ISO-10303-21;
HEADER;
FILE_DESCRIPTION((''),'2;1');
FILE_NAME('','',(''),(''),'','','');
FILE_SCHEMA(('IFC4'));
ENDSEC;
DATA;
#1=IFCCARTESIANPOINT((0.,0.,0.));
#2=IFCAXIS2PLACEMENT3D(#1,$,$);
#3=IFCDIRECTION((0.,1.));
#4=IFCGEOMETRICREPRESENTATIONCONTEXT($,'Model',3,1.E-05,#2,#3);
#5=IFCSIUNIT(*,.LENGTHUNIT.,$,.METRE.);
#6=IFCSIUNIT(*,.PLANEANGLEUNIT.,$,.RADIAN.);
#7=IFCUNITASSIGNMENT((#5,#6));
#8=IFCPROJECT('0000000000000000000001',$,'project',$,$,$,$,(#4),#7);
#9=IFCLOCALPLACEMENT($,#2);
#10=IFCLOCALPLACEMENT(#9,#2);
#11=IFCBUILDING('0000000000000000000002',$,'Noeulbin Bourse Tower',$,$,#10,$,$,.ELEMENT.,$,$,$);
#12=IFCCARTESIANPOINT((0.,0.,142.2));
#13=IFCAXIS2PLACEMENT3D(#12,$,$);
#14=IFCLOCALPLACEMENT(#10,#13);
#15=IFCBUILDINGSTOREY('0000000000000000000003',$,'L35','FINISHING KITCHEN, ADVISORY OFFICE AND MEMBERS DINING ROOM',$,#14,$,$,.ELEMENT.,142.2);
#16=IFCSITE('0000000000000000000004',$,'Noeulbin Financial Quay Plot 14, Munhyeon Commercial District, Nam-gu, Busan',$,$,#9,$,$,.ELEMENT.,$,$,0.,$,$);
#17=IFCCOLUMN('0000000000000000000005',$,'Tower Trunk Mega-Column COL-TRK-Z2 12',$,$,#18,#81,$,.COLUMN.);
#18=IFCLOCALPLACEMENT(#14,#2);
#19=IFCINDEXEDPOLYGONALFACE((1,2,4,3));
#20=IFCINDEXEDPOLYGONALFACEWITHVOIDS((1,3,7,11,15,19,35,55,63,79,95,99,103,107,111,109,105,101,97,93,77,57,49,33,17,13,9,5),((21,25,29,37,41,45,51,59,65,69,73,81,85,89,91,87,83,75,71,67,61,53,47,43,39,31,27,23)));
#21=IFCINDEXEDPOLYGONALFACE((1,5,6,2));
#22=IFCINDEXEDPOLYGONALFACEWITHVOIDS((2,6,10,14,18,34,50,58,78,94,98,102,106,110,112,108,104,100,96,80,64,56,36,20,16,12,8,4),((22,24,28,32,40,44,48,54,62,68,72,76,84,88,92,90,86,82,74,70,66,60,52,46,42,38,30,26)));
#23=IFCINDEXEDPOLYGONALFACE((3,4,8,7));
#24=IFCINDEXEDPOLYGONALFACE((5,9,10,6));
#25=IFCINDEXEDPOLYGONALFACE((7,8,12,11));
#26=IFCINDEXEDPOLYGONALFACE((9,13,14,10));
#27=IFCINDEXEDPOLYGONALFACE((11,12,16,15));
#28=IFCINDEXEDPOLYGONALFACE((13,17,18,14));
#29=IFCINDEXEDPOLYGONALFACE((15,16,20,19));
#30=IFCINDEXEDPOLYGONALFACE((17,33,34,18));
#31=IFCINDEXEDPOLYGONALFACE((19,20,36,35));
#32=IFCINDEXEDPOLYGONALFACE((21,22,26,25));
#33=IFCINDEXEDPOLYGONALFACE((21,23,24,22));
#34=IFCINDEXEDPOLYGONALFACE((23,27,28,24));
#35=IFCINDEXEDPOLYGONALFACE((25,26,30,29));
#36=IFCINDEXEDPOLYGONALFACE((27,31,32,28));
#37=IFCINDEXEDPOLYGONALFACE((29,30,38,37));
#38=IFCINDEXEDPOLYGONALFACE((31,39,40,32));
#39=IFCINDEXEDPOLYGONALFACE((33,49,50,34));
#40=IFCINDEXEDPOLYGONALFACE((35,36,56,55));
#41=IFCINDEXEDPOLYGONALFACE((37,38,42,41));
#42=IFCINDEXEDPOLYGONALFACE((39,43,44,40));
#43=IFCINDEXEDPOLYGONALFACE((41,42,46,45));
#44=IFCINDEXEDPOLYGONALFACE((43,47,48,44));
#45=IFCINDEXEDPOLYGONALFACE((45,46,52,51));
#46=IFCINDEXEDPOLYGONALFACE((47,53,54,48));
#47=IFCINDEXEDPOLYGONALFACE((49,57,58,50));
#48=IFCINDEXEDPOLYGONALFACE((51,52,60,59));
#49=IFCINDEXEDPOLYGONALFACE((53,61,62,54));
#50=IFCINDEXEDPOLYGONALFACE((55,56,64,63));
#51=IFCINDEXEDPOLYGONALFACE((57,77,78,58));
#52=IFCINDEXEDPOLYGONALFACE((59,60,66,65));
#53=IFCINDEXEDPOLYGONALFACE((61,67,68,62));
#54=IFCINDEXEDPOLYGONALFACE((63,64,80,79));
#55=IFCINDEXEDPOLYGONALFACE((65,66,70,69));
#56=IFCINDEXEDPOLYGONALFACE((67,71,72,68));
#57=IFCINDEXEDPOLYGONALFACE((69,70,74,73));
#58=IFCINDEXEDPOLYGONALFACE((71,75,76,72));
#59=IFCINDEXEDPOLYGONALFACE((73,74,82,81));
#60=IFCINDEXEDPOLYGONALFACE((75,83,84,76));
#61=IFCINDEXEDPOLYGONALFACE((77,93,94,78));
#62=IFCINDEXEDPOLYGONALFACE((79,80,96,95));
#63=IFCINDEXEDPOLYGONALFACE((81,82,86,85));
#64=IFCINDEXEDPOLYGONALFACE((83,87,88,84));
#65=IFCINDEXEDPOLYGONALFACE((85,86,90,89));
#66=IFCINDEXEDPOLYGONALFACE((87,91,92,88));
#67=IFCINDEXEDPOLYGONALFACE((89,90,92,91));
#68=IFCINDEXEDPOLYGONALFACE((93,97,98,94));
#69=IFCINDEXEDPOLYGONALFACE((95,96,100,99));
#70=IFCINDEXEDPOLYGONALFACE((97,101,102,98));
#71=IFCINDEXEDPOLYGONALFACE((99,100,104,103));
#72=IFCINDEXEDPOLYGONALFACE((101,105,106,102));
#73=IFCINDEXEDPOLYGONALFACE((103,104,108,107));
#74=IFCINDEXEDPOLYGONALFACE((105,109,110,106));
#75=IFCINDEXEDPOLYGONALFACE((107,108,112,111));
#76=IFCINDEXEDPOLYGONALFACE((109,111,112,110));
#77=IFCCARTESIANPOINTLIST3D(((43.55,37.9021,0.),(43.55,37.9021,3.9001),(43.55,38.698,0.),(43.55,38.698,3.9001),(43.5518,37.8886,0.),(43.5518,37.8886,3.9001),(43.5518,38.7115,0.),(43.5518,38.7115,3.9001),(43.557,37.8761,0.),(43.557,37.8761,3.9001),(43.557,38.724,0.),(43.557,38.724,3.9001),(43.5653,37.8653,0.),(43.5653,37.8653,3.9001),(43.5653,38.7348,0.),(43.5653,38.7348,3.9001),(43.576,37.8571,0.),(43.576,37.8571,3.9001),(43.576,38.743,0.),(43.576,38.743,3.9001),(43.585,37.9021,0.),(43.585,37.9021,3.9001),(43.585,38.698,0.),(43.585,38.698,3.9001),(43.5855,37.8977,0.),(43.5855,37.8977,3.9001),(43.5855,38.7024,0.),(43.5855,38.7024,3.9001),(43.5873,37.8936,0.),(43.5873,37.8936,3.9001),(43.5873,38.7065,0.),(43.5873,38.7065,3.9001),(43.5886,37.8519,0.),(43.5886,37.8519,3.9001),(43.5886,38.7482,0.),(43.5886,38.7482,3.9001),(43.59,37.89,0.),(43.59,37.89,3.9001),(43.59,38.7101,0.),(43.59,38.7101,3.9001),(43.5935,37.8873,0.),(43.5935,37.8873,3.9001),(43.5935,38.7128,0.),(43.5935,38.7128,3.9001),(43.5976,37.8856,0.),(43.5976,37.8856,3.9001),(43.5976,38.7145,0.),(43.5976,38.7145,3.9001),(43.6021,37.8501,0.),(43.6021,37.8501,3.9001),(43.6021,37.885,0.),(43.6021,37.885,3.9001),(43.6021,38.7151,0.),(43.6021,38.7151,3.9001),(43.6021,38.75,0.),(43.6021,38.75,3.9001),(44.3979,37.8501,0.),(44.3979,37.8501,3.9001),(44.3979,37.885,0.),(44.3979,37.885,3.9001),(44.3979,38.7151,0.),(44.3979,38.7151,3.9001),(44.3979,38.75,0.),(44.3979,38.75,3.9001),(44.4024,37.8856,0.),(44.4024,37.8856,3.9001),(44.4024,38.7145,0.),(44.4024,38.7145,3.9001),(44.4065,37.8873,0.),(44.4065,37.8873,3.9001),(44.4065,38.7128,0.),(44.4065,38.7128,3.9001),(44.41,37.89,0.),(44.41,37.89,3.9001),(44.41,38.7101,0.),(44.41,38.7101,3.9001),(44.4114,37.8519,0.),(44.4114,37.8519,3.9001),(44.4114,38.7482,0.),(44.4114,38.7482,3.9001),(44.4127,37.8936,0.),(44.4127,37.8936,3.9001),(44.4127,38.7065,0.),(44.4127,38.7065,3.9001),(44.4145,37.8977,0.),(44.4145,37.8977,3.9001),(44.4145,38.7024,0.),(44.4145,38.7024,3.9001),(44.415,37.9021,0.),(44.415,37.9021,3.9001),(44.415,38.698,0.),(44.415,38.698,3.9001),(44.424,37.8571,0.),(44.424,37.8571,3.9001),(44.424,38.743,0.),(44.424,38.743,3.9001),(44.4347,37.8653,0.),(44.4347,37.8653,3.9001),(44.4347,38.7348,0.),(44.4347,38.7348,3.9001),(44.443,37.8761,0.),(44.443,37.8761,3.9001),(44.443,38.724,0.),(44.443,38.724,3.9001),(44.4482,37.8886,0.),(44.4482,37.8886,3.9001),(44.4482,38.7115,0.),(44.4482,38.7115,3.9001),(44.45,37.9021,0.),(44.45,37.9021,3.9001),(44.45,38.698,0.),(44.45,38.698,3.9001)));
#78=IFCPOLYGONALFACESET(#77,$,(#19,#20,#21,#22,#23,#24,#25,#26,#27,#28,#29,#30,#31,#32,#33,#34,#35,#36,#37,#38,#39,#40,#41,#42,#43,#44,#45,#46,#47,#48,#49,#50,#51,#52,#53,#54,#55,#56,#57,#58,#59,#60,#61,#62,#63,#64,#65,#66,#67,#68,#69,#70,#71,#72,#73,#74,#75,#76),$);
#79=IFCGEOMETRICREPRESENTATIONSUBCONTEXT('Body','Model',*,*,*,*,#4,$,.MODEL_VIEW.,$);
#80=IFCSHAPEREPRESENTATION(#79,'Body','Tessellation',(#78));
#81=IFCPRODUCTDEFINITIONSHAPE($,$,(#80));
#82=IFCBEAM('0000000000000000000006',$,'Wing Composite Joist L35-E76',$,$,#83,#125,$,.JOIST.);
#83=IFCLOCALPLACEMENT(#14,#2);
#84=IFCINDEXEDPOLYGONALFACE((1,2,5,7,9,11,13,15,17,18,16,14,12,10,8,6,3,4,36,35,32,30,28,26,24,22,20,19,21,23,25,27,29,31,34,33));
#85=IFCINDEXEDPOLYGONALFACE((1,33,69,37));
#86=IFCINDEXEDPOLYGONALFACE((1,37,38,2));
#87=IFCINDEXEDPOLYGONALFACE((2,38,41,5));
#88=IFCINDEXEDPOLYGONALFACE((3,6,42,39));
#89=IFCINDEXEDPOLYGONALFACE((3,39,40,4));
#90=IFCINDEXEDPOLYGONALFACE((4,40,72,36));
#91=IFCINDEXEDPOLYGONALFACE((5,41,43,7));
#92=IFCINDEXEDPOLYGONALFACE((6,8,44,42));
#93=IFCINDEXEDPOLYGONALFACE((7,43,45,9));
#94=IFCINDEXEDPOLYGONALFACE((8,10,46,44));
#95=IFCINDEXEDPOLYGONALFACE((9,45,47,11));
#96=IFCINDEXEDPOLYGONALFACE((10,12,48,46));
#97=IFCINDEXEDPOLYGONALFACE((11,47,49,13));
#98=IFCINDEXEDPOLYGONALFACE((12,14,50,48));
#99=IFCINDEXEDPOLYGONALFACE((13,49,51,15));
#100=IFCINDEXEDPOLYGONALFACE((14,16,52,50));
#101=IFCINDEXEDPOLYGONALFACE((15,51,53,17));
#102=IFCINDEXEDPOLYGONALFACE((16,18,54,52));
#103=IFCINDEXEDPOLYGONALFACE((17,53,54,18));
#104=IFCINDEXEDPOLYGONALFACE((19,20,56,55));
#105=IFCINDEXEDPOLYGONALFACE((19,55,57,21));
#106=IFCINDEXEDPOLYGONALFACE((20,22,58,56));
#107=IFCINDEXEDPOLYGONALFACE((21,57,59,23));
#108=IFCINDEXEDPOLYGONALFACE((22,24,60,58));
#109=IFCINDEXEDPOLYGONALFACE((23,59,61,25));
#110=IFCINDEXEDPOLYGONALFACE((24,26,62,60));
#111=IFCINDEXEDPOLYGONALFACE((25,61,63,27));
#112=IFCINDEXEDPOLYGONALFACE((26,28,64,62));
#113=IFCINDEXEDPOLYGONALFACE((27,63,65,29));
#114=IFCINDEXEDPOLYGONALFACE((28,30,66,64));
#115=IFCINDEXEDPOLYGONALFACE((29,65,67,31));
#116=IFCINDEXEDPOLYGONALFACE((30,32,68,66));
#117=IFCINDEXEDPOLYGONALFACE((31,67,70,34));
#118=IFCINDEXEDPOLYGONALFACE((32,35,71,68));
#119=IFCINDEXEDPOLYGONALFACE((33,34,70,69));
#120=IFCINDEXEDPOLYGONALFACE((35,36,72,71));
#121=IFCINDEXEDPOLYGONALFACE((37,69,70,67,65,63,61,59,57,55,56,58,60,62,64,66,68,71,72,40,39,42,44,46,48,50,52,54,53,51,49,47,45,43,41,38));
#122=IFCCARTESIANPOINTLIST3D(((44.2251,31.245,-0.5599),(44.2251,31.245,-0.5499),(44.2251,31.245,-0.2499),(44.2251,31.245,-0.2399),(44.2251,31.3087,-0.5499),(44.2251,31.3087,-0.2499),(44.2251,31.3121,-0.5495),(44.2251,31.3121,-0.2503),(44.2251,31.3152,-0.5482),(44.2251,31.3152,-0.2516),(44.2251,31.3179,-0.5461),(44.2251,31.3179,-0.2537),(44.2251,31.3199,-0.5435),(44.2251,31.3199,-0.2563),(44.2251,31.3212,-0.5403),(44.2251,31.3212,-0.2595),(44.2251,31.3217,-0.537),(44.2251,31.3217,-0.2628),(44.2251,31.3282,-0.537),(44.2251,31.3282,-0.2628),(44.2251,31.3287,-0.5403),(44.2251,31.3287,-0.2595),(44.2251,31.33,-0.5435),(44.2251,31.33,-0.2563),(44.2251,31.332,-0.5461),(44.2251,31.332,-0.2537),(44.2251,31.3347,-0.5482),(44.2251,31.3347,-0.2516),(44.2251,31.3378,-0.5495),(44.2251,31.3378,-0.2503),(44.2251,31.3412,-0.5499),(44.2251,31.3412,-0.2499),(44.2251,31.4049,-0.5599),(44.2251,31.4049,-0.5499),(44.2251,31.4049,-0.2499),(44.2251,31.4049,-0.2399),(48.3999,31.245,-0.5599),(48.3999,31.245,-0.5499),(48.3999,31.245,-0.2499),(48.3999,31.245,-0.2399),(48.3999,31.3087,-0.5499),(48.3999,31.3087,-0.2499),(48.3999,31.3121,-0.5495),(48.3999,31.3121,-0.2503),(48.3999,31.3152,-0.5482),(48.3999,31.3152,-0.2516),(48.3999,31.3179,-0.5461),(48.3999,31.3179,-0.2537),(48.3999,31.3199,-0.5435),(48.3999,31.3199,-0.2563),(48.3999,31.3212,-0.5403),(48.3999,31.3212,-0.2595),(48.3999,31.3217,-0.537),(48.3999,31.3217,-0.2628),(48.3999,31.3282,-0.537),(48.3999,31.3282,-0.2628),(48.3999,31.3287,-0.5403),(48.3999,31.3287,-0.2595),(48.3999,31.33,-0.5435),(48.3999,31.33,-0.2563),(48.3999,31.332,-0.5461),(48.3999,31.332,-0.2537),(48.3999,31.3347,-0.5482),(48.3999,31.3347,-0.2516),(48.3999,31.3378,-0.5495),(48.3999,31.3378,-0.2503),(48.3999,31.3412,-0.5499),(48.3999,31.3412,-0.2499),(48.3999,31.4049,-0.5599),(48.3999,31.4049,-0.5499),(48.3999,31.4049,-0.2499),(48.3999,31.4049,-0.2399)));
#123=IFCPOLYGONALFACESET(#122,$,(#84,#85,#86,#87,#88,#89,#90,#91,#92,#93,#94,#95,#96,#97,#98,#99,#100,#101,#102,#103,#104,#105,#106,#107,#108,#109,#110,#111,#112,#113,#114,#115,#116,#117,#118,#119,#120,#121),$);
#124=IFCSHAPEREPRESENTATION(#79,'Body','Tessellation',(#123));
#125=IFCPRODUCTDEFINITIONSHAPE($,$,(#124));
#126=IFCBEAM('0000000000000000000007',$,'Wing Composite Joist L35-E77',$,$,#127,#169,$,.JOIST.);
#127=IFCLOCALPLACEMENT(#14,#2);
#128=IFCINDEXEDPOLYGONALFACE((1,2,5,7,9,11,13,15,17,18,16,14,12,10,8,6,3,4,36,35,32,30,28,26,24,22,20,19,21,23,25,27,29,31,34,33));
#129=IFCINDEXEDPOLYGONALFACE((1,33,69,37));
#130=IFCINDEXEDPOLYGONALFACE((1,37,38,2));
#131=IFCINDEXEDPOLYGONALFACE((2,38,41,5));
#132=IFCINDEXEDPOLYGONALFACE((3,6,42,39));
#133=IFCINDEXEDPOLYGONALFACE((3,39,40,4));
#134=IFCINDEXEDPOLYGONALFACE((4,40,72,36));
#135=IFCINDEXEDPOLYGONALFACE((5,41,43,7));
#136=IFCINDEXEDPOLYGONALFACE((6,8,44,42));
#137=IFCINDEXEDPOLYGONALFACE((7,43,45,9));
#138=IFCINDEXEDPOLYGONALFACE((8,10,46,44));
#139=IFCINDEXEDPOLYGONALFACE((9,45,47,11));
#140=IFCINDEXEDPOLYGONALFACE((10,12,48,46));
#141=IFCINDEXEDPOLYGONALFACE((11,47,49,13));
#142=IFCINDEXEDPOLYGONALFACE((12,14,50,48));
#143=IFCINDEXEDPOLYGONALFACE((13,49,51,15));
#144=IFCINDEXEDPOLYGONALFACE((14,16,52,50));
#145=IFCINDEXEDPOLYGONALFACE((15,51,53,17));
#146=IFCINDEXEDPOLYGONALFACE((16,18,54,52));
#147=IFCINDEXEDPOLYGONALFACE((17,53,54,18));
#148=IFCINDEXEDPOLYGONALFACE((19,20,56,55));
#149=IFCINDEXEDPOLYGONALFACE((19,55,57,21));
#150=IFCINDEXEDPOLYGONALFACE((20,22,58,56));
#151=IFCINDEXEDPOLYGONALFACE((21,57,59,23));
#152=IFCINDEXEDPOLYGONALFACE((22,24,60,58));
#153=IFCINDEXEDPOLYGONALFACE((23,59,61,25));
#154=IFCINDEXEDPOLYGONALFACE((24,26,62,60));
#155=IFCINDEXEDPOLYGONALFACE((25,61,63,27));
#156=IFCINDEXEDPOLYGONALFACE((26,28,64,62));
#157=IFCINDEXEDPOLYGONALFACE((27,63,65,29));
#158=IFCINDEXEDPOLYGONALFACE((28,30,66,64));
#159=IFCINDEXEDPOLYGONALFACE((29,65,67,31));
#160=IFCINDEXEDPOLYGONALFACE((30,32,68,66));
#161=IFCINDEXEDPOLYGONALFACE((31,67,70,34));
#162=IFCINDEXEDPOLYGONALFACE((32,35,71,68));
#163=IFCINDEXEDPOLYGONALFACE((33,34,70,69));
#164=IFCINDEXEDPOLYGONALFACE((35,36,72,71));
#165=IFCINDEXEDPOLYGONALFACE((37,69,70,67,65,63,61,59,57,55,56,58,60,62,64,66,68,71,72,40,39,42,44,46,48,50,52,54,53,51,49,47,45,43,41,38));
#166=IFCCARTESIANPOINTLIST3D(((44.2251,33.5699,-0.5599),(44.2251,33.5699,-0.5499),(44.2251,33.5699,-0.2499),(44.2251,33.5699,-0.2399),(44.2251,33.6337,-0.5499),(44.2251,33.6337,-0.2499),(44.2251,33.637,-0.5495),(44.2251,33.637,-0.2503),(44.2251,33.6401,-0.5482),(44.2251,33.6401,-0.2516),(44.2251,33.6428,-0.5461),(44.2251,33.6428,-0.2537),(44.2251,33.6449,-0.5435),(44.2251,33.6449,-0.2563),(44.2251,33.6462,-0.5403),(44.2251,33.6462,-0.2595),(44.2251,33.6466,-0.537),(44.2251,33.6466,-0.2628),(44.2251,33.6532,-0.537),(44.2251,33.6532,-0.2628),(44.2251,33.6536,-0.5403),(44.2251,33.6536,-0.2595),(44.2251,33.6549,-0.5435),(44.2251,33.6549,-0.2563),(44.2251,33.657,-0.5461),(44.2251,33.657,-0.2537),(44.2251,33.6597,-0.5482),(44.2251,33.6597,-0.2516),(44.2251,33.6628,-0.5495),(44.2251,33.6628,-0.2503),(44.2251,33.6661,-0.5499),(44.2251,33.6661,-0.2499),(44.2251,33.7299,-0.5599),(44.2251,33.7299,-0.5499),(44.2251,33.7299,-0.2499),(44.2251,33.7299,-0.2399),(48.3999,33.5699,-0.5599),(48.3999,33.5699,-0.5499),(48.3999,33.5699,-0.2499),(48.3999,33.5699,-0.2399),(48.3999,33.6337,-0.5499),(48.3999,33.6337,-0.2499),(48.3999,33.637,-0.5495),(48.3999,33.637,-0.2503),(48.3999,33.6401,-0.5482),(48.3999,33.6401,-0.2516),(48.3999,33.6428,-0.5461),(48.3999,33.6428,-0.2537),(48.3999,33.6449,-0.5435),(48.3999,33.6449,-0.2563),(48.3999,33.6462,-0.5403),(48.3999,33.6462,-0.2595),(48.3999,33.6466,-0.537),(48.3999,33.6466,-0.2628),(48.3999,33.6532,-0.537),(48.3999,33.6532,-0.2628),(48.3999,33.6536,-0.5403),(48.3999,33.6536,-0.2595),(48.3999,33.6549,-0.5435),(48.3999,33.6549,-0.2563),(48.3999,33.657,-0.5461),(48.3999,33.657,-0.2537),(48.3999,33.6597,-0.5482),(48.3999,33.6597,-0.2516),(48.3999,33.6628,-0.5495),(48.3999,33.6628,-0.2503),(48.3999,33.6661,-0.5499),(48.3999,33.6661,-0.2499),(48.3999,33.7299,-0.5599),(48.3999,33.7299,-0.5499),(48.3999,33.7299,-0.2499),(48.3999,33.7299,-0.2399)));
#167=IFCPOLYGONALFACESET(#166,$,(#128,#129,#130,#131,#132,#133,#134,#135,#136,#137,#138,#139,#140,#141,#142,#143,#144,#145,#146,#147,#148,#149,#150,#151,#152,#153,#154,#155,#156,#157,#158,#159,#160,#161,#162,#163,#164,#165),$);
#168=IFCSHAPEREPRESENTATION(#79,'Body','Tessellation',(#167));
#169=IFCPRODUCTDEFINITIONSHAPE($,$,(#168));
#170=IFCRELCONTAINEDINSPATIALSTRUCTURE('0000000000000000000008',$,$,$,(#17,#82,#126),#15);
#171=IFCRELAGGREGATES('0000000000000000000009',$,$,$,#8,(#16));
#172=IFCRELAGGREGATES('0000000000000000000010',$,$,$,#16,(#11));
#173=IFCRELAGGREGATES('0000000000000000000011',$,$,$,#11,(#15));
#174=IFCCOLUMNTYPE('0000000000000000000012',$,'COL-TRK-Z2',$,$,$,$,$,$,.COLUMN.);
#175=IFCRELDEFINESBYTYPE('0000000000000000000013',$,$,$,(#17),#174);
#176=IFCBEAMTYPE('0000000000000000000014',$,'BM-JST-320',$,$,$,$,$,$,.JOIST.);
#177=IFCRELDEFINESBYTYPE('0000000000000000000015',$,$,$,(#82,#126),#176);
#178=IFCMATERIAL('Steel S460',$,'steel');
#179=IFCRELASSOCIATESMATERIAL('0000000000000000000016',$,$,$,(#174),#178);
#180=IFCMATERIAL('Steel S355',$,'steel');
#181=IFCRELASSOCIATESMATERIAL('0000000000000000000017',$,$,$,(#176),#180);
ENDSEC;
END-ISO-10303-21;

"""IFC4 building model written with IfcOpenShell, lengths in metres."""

from ifc_helpers import new_model, si_unit, direction, frame, origin, origin_2d, place, context, subcontext, project, spatial, hollow_rectangle, i_section, extrude, material, material_profile, profile_set, type_object, element, save


model = new_model("IFC4")

# Units and contexts
model_context = context("Model", 3, precision=1e-05, world=origin(), true_north=direction((0.0, 1.0)))
body_context = subcontext(model_context, "Body", "Model", "MODEL_VIEW")
ifc_project = project(units=[si_unit("LENGTHUNIT", "METRE"), si_unit("PLANEANGLEUNIT", "RADIAN")], contexts=[model_context])

# Site, building, storey
site_placement = place(None, origin())
site = spatial("IfcSite", under=ifc_project, at=site_placement, Name="Noeulbin Financial Quay Plot 14, Munhyeon Commercial District, Nam-gu, Busan", CompositionType="ELEMENT", RefElevation=0.0)
building_placement = place(site_placement, origin())
building = spatial("IfcBuilding", under=site, at=building_placement, Name="Noeulbin Bourse Tower", CompositionType="ELEMENT")
storey_placement = place(building_placement, frame((0.0, 0.0, 142.2)))
storey = spatial("IfcBuildingStorey", under=building, at=storey_placement, Name="L35", Description="FINISHING KITCHEN, ADVISORY OFFICE AND MEMBERS DINING ROOM", CompositionType="ELEMENT", Elevation=142.2)

# Column
ifc_material_1 = material(Name="Steel S460", Category="steel")
ifc_material_profile_1 = material_profile(ifc_material_1, hollow_rectangle(XDim=0.8999, YDim=0.8999, WallThickness=0.0349, InnerFilletRadius=0.0171, OuterFilletRadius=0.052, at=origin_2d()), Name="BOX-900x900x35", Category="LoadBearing")
ifc_profile_set_1 = profile_set([ifc_material_profile_1], Name="Steel S460")
column_type = type_object("IfcColumnType", Name="COL-TRK-Z2", PredefinedType="COLUMN", material=ifc_profile_set_1)
column_placement = place(storey_placement, frame((44.0, 38.3, 0.0), z_axis=(0.0, 0.0, 1.0), x_axis=(1.0, 0.0, 0.0)))
element("IfcColumn", 1, at=column_placement, inside=storey, type_object=column_type, Name="Tower Trunk Mega-Column COL-TRK-Z2 12", PredefinedType="COLUMN", context=body_context, shape_type="SweptSolid", body=[
    extrude(hollow_rectangle(XDim=0.8999, YDim=0.8999, WallThickness=0.0349, InnerFilletRadius=0.0171, OuterFilletRadius=0.052, at=origin_2d()), origin(), (0.0, 0.0, 1.0), 3.9001),
])

# Beams
ifc_material_2 = material(Name="Steel S355", Category="steel")
ifc_material_profile_2 = material_profile(ifc_material_2, i_section(OverallWidth=0.1599, OverallDepth=0.3201, WebThickness=0.0066, FlangeThickness=0.01, FilletRadius=0.0129, at=origin_2d()), Name="H-320x160x6.5x10", Category="LoadBearing")
ifc_profile_set_2 = profile_set([ifc_material_profile_2], Name="Steel S355")
beam_type = type_object("IfcBeamType", Name="BM-JST-320", PredefinedType="JOIST", material=ifc_profile_set_2)
for number, where, z_axis, x_axis, name in (
    (2, (44.2251, 31.325, -0.3999), (1.0, 0.0, 0.0), (0.0, 1.0, 0.0), "Wing Composite Joist L35-E76"),
    (3, (44.2251, 33.6499, -0.3999), (1.0, 0.0, 0.0), (0.0, 1.0, 0.0), "Wing Composite Joist L35-E77"),
):
    element("IfcBeam", number, at=place(storey_placement, frame(where, z_axis=z_axis, x_axis=x_axis)), inside=storey, type_object=beam_type, Name=name, PredefinedType="JOIST", context=body_context, shape_type="SweptSolid", body=[
        extrude(i_section(OverallWidth=0.1599, OverallDepth=0.3201, WebThickness=0.0066, FlangeThickness=0.01, FilletRadius=0.0129, at=origin_2d()), origin(), (0.0, 0.0, 1.0), 4.1748),
    ])

save(model, "model.ifc")
